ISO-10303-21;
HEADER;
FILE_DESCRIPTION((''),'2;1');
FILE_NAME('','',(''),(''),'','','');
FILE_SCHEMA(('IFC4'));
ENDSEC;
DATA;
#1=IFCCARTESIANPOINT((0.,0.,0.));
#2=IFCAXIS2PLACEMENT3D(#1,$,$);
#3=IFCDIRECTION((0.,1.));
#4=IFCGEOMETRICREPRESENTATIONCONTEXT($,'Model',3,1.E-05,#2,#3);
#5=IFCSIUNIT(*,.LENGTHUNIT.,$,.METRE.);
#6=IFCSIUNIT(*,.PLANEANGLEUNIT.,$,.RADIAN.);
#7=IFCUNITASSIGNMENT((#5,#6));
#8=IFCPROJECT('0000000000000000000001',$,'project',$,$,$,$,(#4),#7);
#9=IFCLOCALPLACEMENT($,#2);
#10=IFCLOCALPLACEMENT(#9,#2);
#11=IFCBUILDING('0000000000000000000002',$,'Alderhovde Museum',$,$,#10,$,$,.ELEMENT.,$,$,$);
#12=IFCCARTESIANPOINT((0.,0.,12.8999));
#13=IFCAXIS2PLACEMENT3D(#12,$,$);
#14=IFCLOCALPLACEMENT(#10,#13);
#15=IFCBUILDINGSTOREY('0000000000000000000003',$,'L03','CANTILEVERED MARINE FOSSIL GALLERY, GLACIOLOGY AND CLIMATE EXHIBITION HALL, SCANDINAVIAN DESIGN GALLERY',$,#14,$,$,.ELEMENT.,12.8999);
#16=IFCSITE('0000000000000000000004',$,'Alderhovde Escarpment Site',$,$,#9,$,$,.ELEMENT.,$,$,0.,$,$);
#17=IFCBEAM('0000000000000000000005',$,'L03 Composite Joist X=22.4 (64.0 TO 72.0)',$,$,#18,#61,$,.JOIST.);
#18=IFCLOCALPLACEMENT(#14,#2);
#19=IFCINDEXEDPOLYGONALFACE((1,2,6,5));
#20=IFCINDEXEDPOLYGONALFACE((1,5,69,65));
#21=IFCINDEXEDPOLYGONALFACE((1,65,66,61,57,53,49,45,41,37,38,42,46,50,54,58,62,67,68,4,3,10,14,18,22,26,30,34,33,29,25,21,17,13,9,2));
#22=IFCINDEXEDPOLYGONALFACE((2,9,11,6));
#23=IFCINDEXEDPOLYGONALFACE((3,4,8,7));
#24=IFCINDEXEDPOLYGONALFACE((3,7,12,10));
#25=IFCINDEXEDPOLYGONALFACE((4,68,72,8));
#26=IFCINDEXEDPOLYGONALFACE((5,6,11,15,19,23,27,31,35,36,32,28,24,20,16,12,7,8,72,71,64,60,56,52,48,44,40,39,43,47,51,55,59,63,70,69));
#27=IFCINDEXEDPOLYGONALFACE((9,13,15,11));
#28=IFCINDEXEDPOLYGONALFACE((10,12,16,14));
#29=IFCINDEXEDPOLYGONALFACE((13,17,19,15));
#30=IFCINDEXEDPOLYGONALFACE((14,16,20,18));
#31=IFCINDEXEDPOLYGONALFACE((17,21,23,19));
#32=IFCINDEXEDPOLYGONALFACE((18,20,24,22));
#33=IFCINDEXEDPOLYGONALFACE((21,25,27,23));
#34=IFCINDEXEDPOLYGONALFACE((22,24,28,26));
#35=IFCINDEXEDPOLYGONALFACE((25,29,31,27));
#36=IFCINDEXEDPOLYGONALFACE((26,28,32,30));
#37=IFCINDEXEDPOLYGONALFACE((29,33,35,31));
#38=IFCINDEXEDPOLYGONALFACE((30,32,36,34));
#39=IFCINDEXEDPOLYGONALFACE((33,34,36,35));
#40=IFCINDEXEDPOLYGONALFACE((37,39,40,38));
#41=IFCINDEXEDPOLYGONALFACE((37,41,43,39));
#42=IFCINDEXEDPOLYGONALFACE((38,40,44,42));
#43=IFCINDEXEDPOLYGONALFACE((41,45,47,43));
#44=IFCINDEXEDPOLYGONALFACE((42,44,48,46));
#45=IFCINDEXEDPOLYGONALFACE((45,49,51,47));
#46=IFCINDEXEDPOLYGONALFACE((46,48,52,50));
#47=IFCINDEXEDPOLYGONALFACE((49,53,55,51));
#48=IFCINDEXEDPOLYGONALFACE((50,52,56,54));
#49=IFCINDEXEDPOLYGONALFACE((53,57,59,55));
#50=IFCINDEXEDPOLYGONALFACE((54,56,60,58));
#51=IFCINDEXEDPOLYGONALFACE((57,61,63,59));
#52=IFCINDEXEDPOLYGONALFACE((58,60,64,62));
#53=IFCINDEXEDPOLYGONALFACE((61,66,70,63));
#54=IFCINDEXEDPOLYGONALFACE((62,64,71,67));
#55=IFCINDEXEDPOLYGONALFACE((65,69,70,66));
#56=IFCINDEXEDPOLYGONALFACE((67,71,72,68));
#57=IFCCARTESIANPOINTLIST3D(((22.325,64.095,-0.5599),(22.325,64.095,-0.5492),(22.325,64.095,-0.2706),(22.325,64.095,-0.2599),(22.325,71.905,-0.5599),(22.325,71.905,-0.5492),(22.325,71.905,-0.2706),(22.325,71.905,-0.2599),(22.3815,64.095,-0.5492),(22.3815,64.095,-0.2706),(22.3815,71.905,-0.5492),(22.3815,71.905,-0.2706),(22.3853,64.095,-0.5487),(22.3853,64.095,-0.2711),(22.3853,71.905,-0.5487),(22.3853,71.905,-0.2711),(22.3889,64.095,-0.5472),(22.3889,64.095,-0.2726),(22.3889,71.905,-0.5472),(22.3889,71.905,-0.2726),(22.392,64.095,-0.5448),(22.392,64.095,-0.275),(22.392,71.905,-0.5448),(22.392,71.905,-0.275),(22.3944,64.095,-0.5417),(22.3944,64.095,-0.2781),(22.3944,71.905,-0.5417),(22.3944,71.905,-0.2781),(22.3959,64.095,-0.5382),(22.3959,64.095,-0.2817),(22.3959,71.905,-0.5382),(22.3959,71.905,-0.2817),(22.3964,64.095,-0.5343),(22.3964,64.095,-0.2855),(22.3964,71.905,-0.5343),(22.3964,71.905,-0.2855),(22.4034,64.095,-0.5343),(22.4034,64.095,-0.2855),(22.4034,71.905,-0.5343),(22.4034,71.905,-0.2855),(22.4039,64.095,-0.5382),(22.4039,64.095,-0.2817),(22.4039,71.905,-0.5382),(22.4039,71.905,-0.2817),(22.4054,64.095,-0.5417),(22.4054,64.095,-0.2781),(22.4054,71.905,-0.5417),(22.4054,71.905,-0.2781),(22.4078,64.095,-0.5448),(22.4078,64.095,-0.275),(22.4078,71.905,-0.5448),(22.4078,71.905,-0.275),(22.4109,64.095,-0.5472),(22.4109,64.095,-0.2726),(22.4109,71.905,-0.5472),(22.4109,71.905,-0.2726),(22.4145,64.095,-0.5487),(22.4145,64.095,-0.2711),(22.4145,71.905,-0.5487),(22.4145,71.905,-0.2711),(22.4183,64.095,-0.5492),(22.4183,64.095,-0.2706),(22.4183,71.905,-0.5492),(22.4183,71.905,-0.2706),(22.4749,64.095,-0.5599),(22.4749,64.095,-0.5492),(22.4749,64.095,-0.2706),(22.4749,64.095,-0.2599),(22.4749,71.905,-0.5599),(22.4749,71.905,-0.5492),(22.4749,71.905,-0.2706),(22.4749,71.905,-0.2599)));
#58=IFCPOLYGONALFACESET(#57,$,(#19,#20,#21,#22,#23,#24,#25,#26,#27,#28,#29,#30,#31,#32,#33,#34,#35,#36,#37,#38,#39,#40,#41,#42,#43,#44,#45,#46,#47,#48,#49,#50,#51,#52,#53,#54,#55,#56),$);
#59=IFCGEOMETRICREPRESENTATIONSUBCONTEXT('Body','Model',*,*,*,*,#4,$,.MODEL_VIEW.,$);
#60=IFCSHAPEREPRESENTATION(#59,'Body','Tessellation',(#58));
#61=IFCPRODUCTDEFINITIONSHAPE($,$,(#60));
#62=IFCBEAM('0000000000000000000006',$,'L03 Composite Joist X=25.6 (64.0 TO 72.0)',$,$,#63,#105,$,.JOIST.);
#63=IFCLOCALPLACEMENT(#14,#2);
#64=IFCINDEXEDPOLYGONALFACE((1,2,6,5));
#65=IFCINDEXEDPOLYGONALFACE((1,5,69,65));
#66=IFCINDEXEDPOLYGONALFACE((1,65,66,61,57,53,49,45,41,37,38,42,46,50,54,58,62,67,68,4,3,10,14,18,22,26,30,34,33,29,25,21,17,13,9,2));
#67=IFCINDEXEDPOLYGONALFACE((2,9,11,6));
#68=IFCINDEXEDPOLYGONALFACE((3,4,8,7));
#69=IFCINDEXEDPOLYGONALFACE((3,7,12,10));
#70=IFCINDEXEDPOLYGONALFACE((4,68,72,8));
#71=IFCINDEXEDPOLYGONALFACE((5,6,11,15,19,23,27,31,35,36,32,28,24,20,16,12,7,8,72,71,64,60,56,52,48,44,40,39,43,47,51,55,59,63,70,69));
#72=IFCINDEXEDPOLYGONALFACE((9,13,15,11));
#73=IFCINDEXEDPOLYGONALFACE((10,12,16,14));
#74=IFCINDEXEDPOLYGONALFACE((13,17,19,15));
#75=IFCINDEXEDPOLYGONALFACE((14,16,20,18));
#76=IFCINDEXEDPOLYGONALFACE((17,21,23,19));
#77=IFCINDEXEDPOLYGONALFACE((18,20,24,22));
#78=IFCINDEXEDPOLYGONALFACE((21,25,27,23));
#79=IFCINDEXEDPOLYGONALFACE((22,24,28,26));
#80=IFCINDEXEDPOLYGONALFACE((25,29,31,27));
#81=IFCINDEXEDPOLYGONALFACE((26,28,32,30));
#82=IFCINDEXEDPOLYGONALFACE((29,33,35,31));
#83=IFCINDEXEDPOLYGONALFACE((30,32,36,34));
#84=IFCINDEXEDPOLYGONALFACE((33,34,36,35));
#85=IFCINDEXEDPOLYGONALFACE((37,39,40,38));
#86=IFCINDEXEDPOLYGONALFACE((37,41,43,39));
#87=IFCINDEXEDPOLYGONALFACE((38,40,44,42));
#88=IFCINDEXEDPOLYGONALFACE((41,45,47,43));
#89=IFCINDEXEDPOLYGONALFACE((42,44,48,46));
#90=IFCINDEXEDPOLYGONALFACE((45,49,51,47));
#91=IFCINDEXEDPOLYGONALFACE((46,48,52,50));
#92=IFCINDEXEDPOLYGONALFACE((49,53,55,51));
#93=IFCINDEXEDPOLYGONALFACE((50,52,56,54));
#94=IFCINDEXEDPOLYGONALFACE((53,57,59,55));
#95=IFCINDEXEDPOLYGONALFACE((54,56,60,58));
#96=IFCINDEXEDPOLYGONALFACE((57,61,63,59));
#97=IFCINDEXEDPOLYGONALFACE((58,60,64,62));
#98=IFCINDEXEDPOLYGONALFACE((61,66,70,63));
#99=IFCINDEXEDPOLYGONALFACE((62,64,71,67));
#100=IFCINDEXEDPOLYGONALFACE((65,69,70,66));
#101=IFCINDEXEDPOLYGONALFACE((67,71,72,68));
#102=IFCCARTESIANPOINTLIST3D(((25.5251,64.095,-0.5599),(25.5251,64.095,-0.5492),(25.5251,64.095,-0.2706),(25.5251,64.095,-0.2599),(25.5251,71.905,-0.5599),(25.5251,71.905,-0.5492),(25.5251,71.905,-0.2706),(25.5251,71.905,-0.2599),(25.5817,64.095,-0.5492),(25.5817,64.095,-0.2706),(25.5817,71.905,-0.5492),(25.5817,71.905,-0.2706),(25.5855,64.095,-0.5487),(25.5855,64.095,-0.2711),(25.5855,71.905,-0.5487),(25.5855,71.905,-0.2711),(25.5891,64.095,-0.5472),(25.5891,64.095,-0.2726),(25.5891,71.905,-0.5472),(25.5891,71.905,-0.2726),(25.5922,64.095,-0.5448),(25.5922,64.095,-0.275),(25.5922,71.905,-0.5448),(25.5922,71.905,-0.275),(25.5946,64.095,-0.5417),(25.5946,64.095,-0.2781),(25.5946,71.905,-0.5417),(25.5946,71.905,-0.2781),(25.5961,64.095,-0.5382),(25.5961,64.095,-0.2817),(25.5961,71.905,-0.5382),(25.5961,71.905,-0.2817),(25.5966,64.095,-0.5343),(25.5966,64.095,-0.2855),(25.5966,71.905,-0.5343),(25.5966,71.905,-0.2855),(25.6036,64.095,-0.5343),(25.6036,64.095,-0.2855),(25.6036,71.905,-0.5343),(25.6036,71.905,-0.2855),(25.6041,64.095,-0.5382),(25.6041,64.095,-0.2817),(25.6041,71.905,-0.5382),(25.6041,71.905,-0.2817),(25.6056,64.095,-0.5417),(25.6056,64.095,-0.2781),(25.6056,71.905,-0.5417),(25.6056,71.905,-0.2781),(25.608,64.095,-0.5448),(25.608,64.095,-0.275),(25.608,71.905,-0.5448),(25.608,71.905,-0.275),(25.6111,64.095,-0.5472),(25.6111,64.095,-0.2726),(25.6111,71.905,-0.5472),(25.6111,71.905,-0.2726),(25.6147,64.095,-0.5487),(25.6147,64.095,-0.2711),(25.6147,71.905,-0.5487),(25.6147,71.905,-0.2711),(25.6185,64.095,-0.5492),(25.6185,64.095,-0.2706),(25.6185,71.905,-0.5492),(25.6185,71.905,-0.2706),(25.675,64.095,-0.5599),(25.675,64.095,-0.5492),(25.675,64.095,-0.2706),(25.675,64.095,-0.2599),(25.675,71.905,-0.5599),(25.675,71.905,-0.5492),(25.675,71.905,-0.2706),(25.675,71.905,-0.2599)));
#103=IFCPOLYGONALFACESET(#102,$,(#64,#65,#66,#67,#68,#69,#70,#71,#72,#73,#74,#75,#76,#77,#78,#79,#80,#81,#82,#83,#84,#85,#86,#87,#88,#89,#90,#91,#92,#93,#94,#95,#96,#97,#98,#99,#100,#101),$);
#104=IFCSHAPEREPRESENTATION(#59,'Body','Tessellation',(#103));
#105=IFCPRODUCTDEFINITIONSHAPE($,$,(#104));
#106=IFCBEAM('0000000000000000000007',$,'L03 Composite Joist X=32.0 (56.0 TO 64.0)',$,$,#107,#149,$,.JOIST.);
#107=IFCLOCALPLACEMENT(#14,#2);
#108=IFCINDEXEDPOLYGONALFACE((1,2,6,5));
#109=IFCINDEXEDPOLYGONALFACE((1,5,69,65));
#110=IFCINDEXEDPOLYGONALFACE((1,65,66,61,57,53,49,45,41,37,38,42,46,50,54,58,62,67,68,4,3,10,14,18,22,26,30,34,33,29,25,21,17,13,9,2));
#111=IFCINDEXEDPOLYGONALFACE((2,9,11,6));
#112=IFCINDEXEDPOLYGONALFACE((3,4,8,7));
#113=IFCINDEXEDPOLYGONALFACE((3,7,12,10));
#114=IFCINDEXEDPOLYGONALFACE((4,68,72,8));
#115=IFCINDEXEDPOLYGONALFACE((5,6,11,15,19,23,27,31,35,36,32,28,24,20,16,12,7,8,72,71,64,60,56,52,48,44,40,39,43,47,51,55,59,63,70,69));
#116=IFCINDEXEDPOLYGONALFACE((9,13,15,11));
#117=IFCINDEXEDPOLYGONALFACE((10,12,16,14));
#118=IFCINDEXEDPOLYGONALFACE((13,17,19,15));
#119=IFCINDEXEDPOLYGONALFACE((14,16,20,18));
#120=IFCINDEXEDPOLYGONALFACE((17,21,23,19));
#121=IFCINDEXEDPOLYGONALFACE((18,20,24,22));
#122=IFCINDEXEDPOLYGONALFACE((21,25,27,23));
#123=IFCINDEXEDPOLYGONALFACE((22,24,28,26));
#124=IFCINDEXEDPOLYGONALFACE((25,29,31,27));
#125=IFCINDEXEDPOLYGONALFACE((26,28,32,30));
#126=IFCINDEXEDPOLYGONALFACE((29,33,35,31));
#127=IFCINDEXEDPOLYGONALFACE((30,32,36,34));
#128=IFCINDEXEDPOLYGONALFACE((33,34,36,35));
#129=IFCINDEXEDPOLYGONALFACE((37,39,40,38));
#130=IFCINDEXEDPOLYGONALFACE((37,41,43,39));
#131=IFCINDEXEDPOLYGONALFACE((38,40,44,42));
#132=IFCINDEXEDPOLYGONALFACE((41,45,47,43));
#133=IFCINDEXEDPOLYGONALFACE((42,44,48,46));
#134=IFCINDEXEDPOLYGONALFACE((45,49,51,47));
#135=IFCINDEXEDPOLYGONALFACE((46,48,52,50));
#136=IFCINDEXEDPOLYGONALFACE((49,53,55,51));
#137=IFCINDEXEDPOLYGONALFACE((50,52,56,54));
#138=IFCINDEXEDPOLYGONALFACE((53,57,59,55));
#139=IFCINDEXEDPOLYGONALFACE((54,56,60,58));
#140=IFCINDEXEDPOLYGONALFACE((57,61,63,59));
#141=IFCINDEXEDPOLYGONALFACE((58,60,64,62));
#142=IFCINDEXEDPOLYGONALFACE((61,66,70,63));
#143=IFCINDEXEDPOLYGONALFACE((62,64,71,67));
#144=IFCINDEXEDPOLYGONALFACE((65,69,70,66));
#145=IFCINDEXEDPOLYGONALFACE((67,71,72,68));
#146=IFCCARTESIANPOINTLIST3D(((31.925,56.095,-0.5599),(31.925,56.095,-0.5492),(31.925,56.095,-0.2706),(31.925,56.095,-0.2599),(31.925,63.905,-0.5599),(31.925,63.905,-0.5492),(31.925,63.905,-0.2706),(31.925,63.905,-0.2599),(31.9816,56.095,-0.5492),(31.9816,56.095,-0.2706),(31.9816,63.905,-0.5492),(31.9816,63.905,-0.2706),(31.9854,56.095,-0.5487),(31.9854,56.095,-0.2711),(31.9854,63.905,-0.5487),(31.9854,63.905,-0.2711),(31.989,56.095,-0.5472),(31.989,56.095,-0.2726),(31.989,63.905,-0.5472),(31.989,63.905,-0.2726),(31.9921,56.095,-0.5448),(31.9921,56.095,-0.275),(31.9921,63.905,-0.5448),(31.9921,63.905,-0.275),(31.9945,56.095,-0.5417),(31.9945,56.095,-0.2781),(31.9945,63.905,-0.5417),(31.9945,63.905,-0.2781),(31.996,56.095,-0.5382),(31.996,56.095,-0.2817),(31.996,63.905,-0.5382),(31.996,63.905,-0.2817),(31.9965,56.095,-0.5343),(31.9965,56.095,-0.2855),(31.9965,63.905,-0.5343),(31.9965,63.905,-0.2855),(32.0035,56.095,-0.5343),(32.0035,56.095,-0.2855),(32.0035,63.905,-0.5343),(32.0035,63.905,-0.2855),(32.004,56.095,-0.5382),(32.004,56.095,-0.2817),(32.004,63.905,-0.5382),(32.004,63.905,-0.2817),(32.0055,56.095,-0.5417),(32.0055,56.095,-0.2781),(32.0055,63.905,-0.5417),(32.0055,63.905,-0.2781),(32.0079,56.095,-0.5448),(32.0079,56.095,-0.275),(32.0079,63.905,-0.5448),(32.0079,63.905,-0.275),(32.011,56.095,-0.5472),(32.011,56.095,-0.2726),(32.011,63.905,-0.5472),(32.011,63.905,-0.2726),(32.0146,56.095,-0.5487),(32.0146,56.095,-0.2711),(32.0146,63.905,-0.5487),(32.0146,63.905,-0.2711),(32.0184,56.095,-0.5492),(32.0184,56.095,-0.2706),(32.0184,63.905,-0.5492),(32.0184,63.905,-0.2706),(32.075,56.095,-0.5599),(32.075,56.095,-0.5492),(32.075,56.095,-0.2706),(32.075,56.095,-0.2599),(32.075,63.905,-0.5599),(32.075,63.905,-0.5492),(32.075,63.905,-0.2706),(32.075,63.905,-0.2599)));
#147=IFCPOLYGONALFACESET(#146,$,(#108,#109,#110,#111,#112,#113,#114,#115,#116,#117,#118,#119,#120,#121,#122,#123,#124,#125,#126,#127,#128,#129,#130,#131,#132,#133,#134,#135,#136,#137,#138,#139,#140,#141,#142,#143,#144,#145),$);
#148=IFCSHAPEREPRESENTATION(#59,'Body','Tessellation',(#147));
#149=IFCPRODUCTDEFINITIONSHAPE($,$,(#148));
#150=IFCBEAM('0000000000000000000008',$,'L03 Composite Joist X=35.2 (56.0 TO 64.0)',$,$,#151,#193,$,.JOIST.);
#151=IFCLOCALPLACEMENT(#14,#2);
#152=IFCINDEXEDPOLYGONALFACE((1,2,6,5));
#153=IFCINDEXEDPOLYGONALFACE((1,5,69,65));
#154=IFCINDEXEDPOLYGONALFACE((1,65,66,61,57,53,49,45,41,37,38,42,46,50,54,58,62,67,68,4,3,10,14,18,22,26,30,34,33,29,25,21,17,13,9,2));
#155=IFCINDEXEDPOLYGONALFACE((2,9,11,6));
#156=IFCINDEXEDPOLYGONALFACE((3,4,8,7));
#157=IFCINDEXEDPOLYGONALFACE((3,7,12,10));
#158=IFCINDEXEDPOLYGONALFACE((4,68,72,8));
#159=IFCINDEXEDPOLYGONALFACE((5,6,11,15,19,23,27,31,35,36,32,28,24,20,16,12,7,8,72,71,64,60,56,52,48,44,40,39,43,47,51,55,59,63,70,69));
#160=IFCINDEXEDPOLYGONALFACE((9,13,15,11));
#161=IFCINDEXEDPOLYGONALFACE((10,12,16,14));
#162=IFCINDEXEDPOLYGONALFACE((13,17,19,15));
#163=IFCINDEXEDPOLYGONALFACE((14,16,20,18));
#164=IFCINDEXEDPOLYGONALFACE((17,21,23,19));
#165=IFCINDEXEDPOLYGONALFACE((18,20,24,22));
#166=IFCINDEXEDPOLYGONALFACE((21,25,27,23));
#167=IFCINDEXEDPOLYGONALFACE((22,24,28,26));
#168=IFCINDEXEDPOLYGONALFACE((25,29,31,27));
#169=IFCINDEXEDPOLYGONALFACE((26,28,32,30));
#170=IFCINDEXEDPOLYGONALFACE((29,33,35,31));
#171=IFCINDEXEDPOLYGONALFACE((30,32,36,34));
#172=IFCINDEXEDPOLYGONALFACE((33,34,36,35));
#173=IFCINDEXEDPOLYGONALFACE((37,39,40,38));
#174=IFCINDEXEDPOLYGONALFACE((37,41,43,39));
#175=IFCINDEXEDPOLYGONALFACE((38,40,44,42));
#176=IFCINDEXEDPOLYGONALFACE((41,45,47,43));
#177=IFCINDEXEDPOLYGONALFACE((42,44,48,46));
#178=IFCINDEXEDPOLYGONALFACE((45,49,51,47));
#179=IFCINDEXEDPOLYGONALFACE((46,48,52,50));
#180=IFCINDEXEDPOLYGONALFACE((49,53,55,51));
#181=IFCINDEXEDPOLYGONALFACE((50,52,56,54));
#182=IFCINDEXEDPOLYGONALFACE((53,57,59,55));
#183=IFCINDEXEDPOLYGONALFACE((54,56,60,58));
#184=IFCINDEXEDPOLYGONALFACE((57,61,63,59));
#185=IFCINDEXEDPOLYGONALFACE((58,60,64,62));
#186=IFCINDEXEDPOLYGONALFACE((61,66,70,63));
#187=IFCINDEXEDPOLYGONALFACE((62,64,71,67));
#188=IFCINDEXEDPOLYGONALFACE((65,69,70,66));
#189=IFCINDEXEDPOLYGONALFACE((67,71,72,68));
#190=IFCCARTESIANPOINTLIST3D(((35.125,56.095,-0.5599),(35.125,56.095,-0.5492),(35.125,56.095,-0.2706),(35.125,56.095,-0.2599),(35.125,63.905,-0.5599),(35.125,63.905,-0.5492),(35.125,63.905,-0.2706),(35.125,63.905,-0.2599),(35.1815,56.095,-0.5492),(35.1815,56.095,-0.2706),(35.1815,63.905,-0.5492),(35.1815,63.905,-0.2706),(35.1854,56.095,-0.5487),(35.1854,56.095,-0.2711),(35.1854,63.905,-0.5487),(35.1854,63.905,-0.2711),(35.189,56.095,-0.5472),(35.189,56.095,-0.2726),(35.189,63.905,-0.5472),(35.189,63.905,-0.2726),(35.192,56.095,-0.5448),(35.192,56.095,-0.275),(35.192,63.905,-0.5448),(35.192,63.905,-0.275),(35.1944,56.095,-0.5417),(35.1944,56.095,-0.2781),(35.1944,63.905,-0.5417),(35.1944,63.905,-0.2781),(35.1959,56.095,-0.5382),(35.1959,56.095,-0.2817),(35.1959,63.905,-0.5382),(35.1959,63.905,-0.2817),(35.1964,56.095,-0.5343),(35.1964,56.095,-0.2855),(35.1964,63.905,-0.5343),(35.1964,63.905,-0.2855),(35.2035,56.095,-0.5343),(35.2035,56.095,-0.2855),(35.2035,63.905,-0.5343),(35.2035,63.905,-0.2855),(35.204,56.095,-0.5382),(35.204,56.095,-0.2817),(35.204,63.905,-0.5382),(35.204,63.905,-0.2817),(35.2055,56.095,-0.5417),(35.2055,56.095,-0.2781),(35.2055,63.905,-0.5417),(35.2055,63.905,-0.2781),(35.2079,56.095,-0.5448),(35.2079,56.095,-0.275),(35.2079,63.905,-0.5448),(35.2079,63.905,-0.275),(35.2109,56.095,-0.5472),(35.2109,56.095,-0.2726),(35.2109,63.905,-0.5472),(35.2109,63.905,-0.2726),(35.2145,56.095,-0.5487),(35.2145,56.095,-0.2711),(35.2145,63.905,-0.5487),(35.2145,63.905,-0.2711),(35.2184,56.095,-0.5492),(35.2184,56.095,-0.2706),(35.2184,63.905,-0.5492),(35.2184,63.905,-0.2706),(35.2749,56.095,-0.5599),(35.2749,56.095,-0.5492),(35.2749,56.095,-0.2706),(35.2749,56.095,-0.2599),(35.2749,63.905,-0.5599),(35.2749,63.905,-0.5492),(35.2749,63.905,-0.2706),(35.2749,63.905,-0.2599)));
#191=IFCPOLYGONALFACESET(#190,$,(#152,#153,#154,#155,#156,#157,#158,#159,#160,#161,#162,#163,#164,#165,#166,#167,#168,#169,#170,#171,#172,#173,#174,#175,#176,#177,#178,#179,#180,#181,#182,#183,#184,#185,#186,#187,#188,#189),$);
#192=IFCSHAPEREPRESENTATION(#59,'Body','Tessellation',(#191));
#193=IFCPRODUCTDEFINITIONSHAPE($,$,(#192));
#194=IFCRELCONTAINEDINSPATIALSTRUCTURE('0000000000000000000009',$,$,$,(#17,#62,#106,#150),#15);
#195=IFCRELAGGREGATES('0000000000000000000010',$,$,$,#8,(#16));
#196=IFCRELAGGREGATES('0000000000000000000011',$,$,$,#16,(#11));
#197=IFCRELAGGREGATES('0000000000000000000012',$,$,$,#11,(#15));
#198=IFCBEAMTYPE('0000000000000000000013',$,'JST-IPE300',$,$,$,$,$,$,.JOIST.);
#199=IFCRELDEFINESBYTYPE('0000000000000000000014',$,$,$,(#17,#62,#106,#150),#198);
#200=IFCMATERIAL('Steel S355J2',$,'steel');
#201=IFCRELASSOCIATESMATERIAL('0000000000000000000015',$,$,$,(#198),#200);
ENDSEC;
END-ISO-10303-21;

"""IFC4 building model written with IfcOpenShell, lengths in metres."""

from ifc_helpers import new_model, si_unit, direction, frame, origin, origin_2d, place, context, subcontext, project, spatial, i_section, extrude, material, material_profile, profile_set, type_object, element, save


model = new_model("IFC4")

# Units and contexts
model_context = context("Model", 3, precision=1e-05, world=origin(), true_north=direction((0.0, 1.0)))
body_context = subcontext(model_context, "Body", "Model", "MODEL_VIEW")
ifc_project = project(units=[si_unit("LENGTHUNIT", "METRE"), si_unit("PLANEANGLEUNIT", "RADIAN")], contexts=[model_context])

# Site, building, storey
site_placement = place(None, origin())
site = spatial("IfcSite", under=ifc_project, at=site_placement, Name="Alderhovde Escarpment Site", CompositionType="ELEMENT", RefElevation=0.0)
building_placement = place(site_placement, origin())
building = spatial("IfcBuilding", under=site, at=building_placement, Name="Alderhovde Museum", CompositionType="ELEMENT")
storey_placement = place(building_placement, frame((0.0, 0.0, 12.8999)))
storey = spatial("IfcBuildingStorey", under=building, at=storey_placement, Name="L03", Description="CANTILEVERED MARINE FOSSIL GALLERY, GLACIOLOGY AND CLIMATE EXHIBITION HALL, SCANDINAVIAN DESIGN GALLERY", CompositionType="ELEMENT", Elevation=12.8999)

# Beams
ifc_material_1 = material(Name="Steel S355J2", Category="steel")
ifc_material_profile_1 = material_profile(ifc_material_1, i_section(OverallWidth=0.1499, OverallDepth=0.3, WebThickness=0.0071, FlangeThickness=0.0107, FilletRadius=0.0149, at=origin_2d()), Name="IPE 300")
ifc_profile_set_1 = profile_set([ifc_material_profile_1], Name="Steel S355J2")
beam_type_1 = type_object("IfcBeamType", Name="JST-IPE300", PredefinedType="JOIST", material=ifc_profile_set_1)
for number, where, z_axis, x_axis, name in (
    (1, (22.3999, 64.095, -0.4099), (0.0, 1.0, 0.0), (-1.0, 0.0, 0.0), "L03 Composite Joist X=22.4 (64.0 TO 72.0)"),
    (2, (25.6001, 64.095, -0.4099), (0.0, 1.0, 0.0), (-1.0, 0.0, 0.0), "L03 Composite Joist X=25.6 (64.0 TO 72.0)"),
    (3, (32.0, 56.095, -0.4099), (0.0, 1.0, 0.0), (-1.0, 0.0, 0.0), "L03 Composite Joist X=32.0 (56.0 TO 64.0)"),
    (4, (35.2, 56.095, -0.4099), (0.0, 1.0, 0.0), (-1.0, 0.0, 0.0), "L03 Composite Joist X=35.2 (56.0 TO 64.0)"),
):
    element("IfcBeam", number, at=place(storey_placement, frame(where, z_axis=z_axis, x_axis=x_axis)), inside=storey, type_object=beam_type_1, Name=name, PredefinedType="JOIST", context=body_context, shape_type="SweptSolid", body=[
        extrude(i_section(OverallWidth=0.1499, OverallDepth=0.3, WebThickness=0.0071, FlangeThickness=0.0107, FilletRadius=0.0149, at=origin_2d()), origin(), (0.0, 0.0, 1.0), 7.8101),
    ])

save(model, "model.ifc")
